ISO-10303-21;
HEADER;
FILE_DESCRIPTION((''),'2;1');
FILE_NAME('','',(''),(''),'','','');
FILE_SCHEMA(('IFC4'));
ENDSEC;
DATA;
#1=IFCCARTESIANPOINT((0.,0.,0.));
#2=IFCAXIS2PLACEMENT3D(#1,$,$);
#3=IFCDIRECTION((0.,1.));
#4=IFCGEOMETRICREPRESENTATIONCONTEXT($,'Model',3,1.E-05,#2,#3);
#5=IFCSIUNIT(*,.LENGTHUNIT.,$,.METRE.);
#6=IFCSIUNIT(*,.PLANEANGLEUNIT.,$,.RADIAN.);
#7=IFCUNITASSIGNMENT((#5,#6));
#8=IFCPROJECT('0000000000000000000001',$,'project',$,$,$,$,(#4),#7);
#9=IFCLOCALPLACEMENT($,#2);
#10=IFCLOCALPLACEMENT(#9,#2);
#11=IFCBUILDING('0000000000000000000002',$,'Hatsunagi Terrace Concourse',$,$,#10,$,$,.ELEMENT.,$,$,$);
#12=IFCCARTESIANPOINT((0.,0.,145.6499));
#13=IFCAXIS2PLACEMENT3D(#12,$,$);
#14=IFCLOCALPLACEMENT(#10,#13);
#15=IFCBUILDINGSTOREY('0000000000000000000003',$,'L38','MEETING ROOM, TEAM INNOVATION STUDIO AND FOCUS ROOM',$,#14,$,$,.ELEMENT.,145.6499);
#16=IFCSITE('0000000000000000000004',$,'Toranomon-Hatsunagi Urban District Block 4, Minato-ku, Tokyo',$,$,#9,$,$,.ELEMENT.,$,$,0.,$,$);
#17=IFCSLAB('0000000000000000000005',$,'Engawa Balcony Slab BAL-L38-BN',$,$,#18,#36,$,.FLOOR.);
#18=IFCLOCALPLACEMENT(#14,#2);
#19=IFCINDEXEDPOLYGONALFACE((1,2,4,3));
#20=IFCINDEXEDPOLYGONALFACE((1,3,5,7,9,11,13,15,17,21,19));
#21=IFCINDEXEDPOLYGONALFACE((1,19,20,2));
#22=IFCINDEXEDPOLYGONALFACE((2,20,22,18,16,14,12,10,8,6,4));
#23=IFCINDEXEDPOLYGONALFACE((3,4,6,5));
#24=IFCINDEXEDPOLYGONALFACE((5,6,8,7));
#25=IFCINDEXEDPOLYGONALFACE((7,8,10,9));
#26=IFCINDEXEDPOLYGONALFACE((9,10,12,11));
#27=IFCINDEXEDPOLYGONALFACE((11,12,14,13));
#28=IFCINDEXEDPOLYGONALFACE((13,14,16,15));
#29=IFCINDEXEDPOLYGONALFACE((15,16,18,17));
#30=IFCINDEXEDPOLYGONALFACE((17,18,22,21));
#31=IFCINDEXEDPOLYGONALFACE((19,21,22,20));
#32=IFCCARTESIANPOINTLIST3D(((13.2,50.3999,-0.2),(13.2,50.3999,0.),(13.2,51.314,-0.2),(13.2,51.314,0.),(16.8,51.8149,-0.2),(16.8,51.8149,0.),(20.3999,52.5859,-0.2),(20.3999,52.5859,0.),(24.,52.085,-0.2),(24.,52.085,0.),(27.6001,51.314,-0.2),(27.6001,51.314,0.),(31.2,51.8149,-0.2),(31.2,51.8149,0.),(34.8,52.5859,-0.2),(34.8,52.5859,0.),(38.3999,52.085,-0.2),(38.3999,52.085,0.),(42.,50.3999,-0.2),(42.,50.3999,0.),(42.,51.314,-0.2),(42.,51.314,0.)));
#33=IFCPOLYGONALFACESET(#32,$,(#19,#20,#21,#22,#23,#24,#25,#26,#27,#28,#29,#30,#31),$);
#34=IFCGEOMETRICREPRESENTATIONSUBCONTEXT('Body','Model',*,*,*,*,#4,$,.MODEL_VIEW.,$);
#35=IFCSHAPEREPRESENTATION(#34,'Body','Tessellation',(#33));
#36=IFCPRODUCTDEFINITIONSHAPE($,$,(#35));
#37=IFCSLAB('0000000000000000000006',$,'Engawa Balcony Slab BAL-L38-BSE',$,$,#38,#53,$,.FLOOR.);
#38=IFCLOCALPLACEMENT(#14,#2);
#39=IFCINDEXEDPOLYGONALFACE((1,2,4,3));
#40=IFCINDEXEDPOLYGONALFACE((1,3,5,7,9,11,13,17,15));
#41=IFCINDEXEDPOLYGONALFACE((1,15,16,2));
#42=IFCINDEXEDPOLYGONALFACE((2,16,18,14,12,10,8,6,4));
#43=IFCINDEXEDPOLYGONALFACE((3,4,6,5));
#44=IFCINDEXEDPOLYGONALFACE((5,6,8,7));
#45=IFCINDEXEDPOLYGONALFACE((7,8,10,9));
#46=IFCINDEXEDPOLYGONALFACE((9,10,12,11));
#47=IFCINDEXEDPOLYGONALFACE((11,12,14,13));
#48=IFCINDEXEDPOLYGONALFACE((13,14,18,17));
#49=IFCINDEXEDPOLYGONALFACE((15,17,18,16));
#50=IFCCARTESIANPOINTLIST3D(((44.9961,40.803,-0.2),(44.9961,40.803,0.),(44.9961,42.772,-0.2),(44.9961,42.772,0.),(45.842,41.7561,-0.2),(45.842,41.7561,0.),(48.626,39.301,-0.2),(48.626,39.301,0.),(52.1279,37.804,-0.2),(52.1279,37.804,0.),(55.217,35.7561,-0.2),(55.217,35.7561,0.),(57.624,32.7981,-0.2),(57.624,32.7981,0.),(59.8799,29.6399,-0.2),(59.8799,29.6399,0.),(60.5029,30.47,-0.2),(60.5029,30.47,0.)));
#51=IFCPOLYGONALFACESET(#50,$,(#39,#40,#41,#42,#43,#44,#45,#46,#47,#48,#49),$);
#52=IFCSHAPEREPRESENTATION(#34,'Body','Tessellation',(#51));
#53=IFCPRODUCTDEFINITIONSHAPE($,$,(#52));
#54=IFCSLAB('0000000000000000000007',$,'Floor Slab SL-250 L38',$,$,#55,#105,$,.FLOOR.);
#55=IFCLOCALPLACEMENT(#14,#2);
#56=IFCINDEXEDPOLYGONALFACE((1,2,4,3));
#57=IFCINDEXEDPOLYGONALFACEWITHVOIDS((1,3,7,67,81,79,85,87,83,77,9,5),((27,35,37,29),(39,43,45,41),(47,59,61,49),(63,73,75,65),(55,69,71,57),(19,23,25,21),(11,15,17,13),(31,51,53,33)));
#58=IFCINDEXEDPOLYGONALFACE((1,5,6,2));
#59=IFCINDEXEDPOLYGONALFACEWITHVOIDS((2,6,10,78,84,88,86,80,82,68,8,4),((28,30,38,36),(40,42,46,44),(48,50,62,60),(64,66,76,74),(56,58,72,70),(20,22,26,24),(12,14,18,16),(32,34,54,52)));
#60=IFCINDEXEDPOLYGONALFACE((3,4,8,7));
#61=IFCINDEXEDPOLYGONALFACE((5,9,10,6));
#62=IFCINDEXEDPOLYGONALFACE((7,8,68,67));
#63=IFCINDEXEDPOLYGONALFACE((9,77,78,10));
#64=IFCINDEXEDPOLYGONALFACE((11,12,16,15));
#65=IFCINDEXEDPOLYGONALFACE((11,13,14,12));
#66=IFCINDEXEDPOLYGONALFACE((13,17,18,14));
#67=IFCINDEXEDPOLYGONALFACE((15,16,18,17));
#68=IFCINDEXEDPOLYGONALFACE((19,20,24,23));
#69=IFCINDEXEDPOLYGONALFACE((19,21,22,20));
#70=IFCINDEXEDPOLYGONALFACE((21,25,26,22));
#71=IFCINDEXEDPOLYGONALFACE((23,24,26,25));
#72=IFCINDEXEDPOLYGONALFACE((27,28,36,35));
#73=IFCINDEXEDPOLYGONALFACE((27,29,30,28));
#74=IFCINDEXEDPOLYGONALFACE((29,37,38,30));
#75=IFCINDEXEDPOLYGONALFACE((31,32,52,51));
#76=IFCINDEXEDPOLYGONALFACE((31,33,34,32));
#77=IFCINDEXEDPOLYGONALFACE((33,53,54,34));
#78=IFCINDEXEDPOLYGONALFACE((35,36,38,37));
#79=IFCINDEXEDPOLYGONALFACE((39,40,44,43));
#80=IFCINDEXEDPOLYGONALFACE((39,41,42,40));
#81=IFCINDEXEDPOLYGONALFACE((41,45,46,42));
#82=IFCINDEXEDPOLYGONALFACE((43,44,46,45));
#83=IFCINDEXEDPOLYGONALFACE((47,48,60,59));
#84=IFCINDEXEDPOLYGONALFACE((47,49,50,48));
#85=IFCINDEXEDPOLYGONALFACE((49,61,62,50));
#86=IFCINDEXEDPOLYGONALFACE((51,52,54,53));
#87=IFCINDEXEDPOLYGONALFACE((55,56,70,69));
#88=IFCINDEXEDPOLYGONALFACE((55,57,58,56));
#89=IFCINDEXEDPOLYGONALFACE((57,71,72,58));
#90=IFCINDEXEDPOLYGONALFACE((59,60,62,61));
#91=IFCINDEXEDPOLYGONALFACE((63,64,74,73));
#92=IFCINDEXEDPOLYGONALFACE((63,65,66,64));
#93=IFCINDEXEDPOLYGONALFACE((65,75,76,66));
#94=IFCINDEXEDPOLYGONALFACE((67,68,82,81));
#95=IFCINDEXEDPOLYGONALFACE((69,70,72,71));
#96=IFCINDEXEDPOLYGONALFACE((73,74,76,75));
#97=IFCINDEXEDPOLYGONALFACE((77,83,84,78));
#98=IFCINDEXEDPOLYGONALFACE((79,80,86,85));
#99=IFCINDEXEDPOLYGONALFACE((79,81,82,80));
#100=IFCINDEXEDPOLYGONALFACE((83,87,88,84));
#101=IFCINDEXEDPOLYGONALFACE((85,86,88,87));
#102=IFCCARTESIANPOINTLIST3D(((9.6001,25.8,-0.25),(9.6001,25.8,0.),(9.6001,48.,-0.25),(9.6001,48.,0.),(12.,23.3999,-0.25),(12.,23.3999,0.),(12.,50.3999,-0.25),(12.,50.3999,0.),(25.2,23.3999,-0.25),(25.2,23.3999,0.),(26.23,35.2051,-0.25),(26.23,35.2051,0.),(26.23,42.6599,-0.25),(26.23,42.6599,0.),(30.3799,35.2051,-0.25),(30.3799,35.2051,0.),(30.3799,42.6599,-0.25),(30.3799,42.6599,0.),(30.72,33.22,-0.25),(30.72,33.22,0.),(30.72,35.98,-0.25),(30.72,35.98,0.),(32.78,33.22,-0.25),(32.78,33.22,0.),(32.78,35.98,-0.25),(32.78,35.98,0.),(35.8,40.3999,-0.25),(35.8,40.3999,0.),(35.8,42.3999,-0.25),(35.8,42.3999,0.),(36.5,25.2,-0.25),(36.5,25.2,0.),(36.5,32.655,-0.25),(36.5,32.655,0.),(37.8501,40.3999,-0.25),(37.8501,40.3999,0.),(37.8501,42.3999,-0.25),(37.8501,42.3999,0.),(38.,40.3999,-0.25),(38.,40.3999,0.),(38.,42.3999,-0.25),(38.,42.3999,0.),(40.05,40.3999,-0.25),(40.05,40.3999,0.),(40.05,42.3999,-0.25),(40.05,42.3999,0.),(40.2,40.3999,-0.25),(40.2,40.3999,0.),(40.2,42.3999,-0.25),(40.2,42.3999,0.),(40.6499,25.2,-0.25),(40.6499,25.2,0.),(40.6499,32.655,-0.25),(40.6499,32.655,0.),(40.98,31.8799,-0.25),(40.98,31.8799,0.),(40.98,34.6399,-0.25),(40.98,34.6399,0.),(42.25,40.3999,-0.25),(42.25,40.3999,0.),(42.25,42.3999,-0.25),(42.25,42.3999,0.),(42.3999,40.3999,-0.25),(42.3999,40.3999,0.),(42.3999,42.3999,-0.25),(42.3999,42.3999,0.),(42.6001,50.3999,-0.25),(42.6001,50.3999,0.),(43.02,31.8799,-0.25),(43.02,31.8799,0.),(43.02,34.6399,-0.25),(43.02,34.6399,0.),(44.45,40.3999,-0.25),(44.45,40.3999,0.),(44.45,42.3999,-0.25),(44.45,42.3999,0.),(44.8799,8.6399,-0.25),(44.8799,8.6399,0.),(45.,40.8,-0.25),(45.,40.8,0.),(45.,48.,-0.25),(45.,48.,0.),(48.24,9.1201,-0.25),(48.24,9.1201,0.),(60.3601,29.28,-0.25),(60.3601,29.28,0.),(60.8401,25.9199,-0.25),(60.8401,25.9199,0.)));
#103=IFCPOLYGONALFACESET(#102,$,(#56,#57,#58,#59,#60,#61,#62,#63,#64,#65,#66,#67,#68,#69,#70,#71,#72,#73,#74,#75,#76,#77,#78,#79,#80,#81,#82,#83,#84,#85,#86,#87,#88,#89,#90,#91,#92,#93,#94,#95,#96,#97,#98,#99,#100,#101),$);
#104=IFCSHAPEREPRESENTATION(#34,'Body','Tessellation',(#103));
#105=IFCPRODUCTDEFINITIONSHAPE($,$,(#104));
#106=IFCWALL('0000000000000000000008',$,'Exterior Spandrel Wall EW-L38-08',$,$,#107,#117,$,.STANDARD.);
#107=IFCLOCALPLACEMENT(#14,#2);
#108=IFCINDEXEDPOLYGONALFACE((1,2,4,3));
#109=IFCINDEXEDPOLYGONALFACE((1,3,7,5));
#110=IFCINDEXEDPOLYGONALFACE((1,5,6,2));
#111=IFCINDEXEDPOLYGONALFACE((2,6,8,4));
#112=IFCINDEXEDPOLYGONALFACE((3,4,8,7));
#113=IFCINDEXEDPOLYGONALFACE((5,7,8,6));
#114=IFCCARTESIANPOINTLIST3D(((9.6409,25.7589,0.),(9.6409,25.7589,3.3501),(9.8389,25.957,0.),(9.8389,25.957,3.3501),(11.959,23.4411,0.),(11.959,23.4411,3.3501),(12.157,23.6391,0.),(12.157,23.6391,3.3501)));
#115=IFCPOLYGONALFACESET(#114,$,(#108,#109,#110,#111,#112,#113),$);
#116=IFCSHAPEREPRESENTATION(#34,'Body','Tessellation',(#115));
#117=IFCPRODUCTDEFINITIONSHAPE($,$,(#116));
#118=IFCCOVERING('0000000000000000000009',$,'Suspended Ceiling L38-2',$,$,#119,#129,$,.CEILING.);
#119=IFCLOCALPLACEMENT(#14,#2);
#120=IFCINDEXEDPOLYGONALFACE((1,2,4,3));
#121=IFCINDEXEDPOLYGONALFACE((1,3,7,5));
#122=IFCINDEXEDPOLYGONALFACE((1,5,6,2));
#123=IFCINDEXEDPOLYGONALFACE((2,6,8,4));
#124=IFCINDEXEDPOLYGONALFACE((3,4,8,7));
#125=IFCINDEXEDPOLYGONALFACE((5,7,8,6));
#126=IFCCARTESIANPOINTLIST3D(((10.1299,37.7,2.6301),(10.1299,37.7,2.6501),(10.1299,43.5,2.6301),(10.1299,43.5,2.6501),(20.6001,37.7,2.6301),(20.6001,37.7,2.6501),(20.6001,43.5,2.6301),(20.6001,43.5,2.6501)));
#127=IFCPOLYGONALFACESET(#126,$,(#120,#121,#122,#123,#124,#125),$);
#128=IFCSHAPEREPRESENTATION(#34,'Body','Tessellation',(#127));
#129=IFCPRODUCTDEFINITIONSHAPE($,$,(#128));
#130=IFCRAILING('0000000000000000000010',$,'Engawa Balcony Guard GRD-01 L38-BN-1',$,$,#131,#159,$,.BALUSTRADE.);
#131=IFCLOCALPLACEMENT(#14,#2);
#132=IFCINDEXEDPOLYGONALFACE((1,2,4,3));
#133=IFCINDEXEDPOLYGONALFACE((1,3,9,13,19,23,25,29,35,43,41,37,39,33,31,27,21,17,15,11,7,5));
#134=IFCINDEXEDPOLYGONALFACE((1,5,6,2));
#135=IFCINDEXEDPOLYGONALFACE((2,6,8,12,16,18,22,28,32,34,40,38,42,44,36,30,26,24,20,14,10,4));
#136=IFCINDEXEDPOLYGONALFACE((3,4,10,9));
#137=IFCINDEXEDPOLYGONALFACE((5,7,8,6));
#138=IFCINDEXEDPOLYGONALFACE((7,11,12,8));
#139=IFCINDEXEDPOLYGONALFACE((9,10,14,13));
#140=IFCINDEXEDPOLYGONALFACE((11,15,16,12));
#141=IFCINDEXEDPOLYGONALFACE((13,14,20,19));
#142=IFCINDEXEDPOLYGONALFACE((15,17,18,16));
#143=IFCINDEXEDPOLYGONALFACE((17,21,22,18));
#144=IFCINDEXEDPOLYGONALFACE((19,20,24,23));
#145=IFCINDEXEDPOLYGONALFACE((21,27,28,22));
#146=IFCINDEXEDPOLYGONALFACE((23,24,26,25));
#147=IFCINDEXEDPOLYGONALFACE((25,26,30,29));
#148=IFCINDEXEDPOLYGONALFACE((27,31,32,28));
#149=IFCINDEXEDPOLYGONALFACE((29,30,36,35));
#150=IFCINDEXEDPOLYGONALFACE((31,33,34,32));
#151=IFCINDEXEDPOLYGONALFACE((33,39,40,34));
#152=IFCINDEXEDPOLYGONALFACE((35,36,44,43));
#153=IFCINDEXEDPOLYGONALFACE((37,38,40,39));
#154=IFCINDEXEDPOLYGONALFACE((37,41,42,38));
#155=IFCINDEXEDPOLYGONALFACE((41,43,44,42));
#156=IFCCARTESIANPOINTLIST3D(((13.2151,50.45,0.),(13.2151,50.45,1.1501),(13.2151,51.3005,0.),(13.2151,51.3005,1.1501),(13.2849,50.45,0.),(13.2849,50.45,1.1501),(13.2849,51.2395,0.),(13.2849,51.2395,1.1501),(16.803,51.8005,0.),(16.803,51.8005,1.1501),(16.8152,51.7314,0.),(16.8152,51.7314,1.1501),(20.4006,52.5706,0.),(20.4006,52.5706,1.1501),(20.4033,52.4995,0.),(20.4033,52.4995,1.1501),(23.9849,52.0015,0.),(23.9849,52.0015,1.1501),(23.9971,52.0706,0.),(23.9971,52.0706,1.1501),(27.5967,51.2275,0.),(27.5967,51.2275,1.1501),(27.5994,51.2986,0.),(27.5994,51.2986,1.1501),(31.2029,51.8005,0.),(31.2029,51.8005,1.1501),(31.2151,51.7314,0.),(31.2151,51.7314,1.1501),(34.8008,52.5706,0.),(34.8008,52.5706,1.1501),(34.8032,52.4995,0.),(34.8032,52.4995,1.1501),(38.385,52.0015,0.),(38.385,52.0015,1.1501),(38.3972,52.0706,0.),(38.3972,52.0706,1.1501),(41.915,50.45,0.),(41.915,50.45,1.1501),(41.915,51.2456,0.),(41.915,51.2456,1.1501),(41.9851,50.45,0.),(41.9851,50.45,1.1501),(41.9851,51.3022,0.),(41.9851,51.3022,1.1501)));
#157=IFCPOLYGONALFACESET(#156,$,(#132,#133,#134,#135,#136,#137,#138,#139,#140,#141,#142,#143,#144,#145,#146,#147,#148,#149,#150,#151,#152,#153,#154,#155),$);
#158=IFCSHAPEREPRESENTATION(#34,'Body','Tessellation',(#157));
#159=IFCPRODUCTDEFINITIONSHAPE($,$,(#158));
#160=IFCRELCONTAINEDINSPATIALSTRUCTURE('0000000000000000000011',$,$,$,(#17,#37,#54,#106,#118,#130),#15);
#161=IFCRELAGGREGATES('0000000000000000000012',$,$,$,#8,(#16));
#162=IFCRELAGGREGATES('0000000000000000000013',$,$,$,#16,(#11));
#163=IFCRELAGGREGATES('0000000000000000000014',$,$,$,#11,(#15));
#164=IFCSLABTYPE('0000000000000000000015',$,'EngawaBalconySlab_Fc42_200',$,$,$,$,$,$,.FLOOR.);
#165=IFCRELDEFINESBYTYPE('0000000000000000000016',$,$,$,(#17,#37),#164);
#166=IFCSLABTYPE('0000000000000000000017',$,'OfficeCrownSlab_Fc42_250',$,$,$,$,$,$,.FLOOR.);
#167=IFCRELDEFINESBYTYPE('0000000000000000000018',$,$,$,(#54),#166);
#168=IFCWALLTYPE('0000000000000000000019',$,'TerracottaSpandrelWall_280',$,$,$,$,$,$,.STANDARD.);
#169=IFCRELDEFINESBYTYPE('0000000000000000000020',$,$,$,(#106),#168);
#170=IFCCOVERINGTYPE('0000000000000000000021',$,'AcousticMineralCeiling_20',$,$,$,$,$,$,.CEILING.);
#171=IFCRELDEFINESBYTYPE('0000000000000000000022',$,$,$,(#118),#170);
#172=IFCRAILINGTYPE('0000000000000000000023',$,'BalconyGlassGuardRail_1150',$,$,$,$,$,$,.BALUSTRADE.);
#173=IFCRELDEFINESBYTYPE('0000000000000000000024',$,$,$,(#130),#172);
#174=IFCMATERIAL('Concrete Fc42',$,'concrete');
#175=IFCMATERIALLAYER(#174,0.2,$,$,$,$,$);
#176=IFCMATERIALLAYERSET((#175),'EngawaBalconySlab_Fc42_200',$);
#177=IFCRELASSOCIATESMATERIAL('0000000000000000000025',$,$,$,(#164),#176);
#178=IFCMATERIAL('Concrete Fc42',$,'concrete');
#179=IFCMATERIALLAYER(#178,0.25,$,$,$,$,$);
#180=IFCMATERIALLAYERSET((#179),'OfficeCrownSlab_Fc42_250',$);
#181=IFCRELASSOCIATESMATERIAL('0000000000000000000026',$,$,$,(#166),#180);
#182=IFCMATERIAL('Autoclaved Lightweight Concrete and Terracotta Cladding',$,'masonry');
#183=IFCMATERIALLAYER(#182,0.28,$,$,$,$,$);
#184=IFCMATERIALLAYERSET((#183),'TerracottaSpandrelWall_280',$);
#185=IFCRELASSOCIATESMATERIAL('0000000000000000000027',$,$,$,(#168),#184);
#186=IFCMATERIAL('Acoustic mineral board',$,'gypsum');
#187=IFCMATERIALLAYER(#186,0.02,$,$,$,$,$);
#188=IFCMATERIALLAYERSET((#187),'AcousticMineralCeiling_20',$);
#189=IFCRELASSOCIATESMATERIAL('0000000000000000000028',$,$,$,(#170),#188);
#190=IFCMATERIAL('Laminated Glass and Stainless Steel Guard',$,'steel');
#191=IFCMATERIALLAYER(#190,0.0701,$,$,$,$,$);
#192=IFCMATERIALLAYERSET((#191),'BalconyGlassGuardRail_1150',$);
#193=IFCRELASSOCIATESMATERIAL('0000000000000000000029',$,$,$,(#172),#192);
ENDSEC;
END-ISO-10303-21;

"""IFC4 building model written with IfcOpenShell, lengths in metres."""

from ifc_helpers import new_model, si_unit, direction, frame, frame_2d, origin, place, context, subcontext, project, spatial, polyline, rectangle, outline, extrude, material, layer, layer_set, type_object, element, save


model = new_model("IFC4")

# Units and contexts
model_context = context("Model", 3, precision=1e-05, world=origin(), true_north=direction((0.0, 1.0)))
body_context = subcontext(model_context, "Body", "Model", "MODEL_VIEW")
ifc_project = project(units=[si_unit("LENGTHUNIT", "METRE"), si_unit("PLANEANGLEUNIT", "RADIAN")], contexts=[model_context])

# Site, building, storey
site_placement = place(None, origin())
site = spatial("IfcSite", under=ifc_project, at=site_placement, Name="Toranomon-Hatsunagi Urban District Block 4, Minato-ku, Tokyo", CompositionType="ELEMENT", RefElevation=0.0)
building_placement = place(site_placement, origin())
building = spatial("IfcBuilding", under=site, at=building_placement, Name="Hatsunagi Terrace Concourse", CompositionType="ELEMENT")
storey_placement = place(building_placement, frame((0.0, 0.0, 145.6499)))
storey = spatial("IfcBuildingStorey", under=building, at=storey_placement, Name="L38", Description="MEETING ROOM, TEAM INNOVATION STUDIO AND FOCUS ROOM", CompositionType="ELEMENT", Elevation=145.6499)

# Slabs
ifc_material_1 = material(Name="Concrete Fc42", Category="concrete")
ifc_layer_1 = layer(ifc_material_1, 0.2)
ifc_layer_set_1 = layer_set([ifc_layer_1], Name="EngawaBalconySlab_Fc42_200")
slab_type_1 = type_object("IfcSlabType", Name="EngawaBalconySlab_Fc42_200", PredefinedType="FLOOR", material=ifc_layer_set_1)
slab_1_placement = place(storey_placement, frame((0.0, 0.0, -0.2)))
element("IfcSlab", 1, at=slab_1_placement, inside=storey, type_object=slab_type_1, Name="Engawa Balcony Slab BAL-L38-BN", PredefinedType="FLOOR", context=body_context, shape_type="SweptSolid", body=[
    extrude(outline(polyline([(13.2, 51.314), (13.2, 50.3999), (42.0, 50.3999), (42.0, 51.314), (38.3999, 52.085), (34.8, 52.5859), (31.2, 51.8149), (27.6001, 51.314), (24.0, 52.085), (20.3999, 52.5859), (16.8, 51.8149), (13.2, 51.314)])), origin(), (0.0, 0.0, 1.0), 0.2),
])
slab_2_placement = place(storey_placement, frame((0.0, 0.0, -0.2)))
element("IfcSlab", 2, at=slab_2_placement, inside=storey, type_object=slab_type_1, Name="Engawa Balcony Slab BAL-L38-BSE", PredefinedType="FLOOR", context=body_context, shape_type="SweptSolid", body=[
    extrude(outline(polyline([(45.842, 41.7561), (44.9961, 42.772), (44.9961, 40.803), (59.8799, 29.6399), (60.5029, 30.47), (57.624, 32.7981), (55.217, 35.7561), (52.1279, 37.804), (48.626, 39.301), (45.842, 41.7561)])), origin(), (0.0, 0.0, 1.0), 0.2),
])
ifc_material_2 = material(Name="Concrete Fc42", Category="concrete")
ifc_layer_2 = layer(ifc_material_2, 0.25)
ifc_layer_set_2 = layer_set([ifc_layer_2], Name="OfficeCrownSlab_Fc42_250")
slab_type_2 = type_object("IfcSlabType", Name="OfficeCrownSlab_Fc42_250", PredefinedType="FLOOR", material=ifc_layer_set_2)
slab_3_placement = place(storey_placement, frame((0.0, 0.0, -0.25)))
element("IfcSlab", 3, at=slab_3_placement, inside=storey, type_object=slab_type_2, Name="Floor Slab SL-250 L38", PredefinedType="FLOOR", context=body_context, shape_type="SweptSolid", body=[
    extrude(outline(polyline([(45.0, 40.8), (45.0, 48.0), (42.6001, 50.3999), (12.0, 50.3999), (9.6001, 48.0), (9.6001, 25.8), (12.0, 23.3999), (25.2, 23.3999), (44.8799, 8.6399), (48.24, 9.1201), (60.8401, 25.9199), (60.3601, 29.28), (45.0, 40.8)]), holes=[polyline([(26.23, 35.2051), (30.3799, 35.2051), (30.3799, 42.6599), (26.23, 42.6599), (26.23, 35.2051)]), polyline([(36.5, 25.2), (40.6499, 25.2), (40.6499, 32.655), (36.5, 32.655), (36.5, 25.2)]), polyline([(30.72, 33.22), (32.78, 33.22), (32.78, 35.98), (30.72, 35.98), (30.72, 33.22)]), polyline([(40.98, 31.8799), (43.02, 31.8799), (43.02, 34.6399), (40.98, 34.6399), (40.98, 31.8799)]), polyline([(35.8, 40.3999), (37.8501, 40.3999), (37.8501, 42.3999), (35.8, 42.3999), (35.8, 40.3999)]), polyline([(38.0, 40.3999), (40.05, 40.3999), (40.05, 42.3999), (38.0, 42.3999), (38.0, 40.3999)]), polyline([(40.2, 40.3999), (42.25, 40.3999), (42.25, 42.3999), (40.2, 42.3999), (40.2, 40.3999)]), polyline([(42.3999, 40.3999), (44.45, 40.3999), (44.45, 42.3999), (42.3999, 42.3999), (42.3999, 40.3999)])]), origin(), (0.0, 0.0, 1.0), 0.25),
])

# Wall
ifc_material_3 = material(Name="Autoclaved Lightweight Concrete and Terracotta Cladding", Category="masonry")
ifc_layer_3 = layer(ifc_material_3, 0.28)
ifc_layer_set_3 = layer_set([ifc_layer_3], Name="TerracottaSpandrelWall_280")
wall_type = type_object("IfcWallType", Name="TerracottaSpandrelWall_280", PredefinedType="STANDARD", material=ifc_layer_set_3)
wall_placement = place(storey_placement, frame((12.0581, 23.54, 0.0), z_axis=(0.0, 0.0, 1.0), x_axis=(-0.707144, 0.70707, 0.0)))
element("IfcWall", 4, at=wall_placement, inside=storey, type_object=wall_type, Name="Exterior Spandrel Wall EW-L38-08", PredefinedType="STANDARD", context=body_context, shape_type="SweptSolid", body=[
    extrude(rectangle(XDim=3.2781, YDim=0.28, at=frame_2d((1.6392, 0.0))), origin(), (0.0, 0.0, 1.0), 3.3501),
])

# Covering
ifc_material_4 = material(Name="Acoustic mineral board", Category="gypsum")
ifc_layer_4 = layer(ifc_material_4, 0.02)
ifc_layer_set_4 = layer_set([ifc_layer_4], Name="AcousticMineralCeiling_20")
covering_type_1 = type_object("IfcCoveringType", Name="AcousticMineralCeiling_20", PredefinedType="CEILING", material=ifc_layer_set_4)
covering_1_placement = place(storey_placement, frame((0.0, 0.0, 2.6301)))
element("IfcCovering", 5, at=covering_1_placement, inside=storey, type_object=covering_type_1, Name="Suspended Ceiling L38-2", PredefinedType="CEILING", context=body_context, shape_type="SweptSolid", body=[
    extrude(outline(polyline([(10.1299, 37.7), (20.6001, 37.7), (20.6001, 43.5), (10.1299, 43.5), (10.1299, 37.7)])), origin(), (0.0, 0.0, 1.0), 0.02),
])

# Railing
ifc_material_5 = material(Name="Laminated Glass and Stainless Steel Guard", Category="steel")
ifc_layer_5 = layer(ifc_material_5, 0.0701)
ifc_layer_set_5 = layer_set([ifc_layer_5], Name="BalconyGlassGuardRail_1150")
railing_type = type_object("IfcRailingType", Name="BalconyGlassGuardRail_1150", PredefinedType="BALUSTRADE", material=ifc_layer_set_5)
railing_1_placement = place(storey_placement, origin())
element("IfcRailing", 6, at=railing_1_placement, inside=storey, type_object=railing_type, Name="Engawa Balcony Guard GRD-01 L38-BN-1", PredefinedType="BALUSTRADE", context=body_context, shape_type="SweptSolid", body=[
    extrude(outline(polyline([(13.2151, 50.45), (13.2849, 50.45), (13.2849, 51.2395), (16.8152, 51.7314), (20.4033, 52.4995), (23.9849, 52.0015), (27.5967, 51.2275), (31.2151, 51.7314), (34.8032, 52.4995), (38.385, 52.0015), (41.915, 51.2456), (41.915, 50.45), (41.9851, 50.45), (41.9851, 51.3022), (38.3972, 52.0706), (34.8008, 52.5706), (31.2029, 51.8005), (27.5994, 51.2986), (23.9971, 52.0706), (20.4006, 52.5706), (16.803, 51.8005), (13.2151, 51.3005), (13.2151, 50.45)])), origin(), (0.0, 0.0, 1.0), 1.1501),
])

save(model, "model.ifc")
